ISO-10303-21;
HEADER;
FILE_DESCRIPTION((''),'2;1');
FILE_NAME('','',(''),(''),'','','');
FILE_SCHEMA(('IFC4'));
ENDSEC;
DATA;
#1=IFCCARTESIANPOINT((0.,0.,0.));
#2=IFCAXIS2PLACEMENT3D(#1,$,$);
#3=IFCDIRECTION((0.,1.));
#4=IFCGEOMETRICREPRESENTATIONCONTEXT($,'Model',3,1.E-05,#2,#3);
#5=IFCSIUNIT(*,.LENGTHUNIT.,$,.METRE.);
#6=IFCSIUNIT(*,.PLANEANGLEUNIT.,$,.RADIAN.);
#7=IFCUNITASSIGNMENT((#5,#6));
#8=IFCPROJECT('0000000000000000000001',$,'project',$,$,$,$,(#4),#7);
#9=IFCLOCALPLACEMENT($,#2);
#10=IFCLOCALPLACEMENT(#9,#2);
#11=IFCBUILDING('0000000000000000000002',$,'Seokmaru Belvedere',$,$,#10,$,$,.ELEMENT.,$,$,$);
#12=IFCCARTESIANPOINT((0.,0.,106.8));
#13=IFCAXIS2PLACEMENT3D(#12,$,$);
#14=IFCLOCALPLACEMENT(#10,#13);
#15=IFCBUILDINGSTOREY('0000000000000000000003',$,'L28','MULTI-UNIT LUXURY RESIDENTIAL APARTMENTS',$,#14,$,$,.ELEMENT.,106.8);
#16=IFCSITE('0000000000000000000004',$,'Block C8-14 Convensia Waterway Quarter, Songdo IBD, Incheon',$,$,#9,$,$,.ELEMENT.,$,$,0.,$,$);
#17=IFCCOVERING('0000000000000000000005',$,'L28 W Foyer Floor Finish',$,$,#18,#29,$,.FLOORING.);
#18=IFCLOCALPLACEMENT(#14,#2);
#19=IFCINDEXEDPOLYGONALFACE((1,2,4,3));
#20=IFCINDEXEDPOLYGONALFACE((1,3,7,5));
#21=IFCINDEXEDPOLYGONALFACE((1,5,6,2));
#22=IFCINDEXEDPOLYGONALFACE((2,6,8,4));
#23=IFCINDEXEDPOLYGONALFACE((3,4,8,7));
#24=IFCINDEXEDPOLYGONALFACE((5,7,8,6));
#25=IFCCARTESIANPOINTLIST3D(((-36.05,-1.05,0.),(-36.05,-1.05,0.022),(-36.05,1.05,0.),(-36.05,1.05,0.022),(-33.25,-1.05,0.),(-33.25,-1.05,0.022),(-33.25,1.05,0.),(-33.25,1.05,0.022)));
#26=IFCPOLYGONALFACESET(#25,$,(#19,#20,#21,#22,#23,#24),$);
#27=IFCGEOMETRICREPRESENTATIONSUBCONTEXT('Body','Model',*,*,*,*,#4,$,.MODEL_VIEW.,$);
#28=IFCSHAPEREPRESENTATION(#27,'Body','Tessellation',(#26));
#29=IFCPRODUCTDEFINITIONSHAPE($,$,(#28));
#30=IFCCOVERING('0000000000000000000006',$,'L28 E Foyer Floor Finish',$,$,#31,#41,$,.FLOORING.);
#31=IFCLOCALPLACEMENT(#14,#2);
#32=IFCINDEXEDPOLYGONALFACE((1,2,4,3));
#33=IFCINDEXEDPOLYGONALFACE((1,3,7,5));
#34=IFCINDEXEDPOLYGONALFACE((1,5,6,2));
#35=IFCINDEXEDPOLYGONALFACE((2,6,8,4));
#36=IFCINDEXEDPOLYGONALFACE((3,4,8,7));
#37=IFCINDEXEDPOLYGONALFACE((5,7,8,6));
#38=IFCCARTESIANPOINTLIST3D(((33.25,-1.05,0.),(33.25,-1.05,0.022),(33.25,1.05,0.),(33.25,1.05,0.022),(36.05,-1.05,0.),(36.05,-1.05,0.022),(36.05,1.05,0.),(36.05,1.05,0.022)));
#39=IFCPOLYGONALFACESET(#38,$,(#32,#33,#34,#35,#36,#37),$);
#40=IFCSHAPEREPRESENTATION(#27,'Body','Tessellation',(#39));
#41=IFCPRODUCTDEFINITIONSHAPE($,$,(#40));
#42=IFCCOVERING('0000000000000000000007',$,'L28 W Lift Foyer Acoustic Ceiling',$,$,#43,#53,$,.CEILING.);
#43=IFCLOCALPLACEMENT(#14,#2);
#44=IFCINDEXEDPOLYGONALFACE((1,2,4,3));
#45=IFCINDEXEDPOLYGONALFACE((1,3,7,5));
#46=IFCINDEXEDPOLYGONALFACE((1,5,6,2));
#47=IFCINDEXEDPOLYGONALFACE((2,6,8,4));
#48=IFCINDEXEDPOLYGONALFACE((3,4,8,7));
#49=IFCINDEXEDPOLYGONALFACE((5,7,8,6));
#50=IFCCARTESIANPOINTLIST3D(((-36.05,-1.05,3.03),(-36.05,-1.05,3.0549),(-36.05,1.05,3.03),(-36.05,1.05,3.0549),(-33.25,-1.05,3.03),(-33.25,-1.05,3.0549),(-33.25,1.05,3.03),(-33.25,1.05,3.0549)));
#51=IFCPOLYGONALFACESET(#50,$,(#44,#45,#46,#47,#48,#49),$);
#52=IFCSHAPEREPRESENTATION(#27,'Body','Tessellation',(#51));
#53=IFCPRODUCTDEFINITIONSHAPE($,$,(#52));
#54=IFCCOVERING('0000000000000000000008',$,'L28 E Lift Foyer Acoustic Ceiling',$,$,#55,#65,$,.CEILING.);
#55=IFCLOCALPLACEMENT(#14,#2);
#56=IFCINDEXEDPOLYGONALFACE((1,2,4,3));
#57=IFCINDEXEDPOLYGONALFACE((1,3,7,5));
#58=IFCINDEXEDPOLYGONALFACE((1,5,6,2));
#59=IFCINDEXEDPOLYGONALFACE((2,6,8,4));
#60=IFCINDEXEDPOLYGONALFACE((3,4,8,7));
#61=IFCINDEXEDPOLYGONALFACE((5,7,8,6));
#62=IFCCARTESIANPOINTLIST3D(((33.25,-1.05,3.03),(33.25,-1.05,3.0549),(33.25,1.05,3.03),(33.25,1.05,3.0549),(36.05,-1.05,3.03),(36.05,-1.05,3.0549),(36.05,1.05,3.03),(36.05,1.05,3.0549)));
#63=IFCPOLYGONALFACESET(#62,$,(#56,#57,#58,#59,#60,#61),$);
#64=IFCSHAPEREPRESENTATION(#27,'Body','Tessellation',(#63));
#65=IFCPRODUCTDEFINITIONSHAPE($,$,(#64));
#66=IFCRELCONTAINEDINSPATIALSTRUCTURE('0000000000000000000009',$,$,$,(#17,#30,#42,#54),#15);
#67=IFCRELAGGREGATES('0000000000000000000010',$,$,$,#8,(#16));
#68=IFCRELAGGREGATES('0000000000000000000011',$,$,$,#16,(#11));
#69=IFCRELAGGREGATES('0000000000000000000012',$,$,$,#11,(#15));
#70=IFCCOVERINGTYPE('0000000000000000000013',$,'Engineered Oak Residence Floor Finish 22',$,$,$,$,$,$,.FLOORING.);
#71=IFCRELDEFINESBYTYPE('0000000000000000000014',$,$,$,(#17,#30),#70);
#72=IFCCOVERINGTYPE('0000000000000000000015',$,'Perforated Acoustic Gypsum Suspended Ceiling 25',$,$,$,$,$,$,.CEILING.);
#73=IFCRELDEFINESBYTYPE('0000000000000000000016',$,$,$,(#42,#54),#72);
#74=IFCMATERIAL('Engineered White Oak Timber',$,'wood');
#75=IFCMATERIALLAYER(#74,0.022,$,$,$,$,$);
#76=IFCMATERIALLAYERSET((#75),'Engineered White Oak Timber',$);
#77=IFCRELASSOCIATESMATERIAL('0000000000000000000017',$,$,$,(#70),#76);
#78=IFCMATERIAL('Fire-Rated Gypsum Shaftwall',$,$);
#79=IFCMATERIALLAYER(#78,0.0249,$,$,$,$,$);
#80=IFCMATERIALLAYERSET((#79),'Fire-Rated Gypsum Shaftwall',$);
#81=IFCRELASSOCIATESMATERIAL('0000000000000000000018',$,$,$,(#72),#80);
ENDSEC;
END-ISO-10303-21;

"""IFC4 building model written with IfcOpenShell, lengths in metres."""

from ifc_helpers import new_model, si_unit, direction, frame, origin, place, context, subcontext, project, spatial, polyline, outline, extrude, material, layer, layer_set, type_object, element, save


model = new_model("IFC4")

# Units and contexts
model_context = context("Model", 3, precision=1e-05, world=origin(), true_north=direction((0.0, 1.0)))
body_context = subcontext(model_context, "Body", "Model", "MODEL_VIEW")
ifc_project = project(units=[si_unit("LENGTHUNIT", "METRE"), si_unit("PLANEANGLEUNIT", "RADIAN")], contexts=[model_context])

# Site, building, storey
site_placement = place(None, origin())
site = spatial("IfcSite", under=ifc_project, at=site_placement, Name="Block C8-14 Convensia Waterway Quarter, Songdo IBD, Incheon", CompositionType="ELEMENT", RefElevation=0.0)
building_placement = place(site_placement, origin())
building = spatial("IfcBuilding", under=site, at=building_placement, Name="Seokmaru Belvedere", CompositionType="ELEMENT")
storey_placement = place(building_placement, frame((0.0, 0.0, 106.8)))
storey = spatial("IfcBuildingStorey", under=building, at=storey_placement, Name="L28", Description="MULTI-UNIT LUXURY RESIDENTIAL APARTMENTS", CompositionType="ELEMENT", Elevation=106.8)

# Shared definitions
ifc_material_1 = material(Name="Fire-Rated Gypsum Shaftwall")
ifc_material_2 = material(Name="Engineered White Oak Timber", Category="wood")

# Coverings
ifc_layer_1 = layer(ifc_material_2, 0.022)
ifc_layer_set_1 = layer_set([ifc_layer_1], Name="Engineered White Oak Timber")
covering_type_1 = type_object("IfcCoveringType", Name="Engineered Oak Residence Floor Finish 22", PredefinedType="FLOORING", material=ifc_layer_set_1)
covering_1_placement = place(storey_placement, origin())
element("IfcCovering", 1, at=covering_1_placement, inside=storey, type_object=covering_type_1, Name="L28 W Foyer Floor Finish", PredefinedType="FLOORING", context=body_context, shape_type="SweptSolid", body=[
    extrude(outline(polyline([(-36.05, -1.05), (-33.25, -1.05), (-33.25, 1.05), (-36.05, 1.05), (-36.05, -1.05)])), origin(), (0.0, 0.0, 1.0), 0.022),
])
covering_2_placement = place(storey_placement, origin())
element("IfcCovering", 2, at=covering_2_placement, inside=storey, type_object=covering_type_1, Name="L28 E Foyer Floor Finish", PredefinedType="FLOORING", context=body_context, shape_type="SweptSolid", body=[
    extrude(outline(polyline([(33.25, -1.05), (36.05, -1.05), (36.05, 1.05), (33.25, 1.05), (33.25, -1.05)])), origin(), (0.0, 0.0, 1.0), 0.022),
])
ifc_layer_2 = layer(ifc_material_1, 0.0249)
ifc_layer_set_2 = layer_set([ifc_layer_2], Name="Fire-Rated Gypsum Shaftwall")
covering_type_2 = type_object("IfcCoveringType", Name="Perforated Acoustic Gypsum Suspended Ceiling 25", PredefinedType="CEILING", material=ifc_layer_set_2)
covering_3_placement = place(storey_placement, frame((0.0, 0.0, 3.03)))
element("IfcCovering", 3, at=covering_3_placement, inside=storey, type_object=covering_type_2, Name="L28 W Lift Foyer Acoustic Ceiling", PredefinedType="CEILING", context=body_context, shape_type="SweptSolid", body=[
    extrude(outline(polyline([(-36.05, -1.05), (-33.25, -1.05), (-33.25, 1.05), (-36.05, 1.05), (-36.05, -1.05)])), origin(), (0.0, 0.0, 1.0), 0.0249),
])
covering_4_placement = place(storey_placement, frame((0.0, 0.0, 3.03)))
element("IfcCovering", 4, at=covering_4_placement, inside=storey, type_object=covering_type_2, Name="L28 E Lift Foyer Acoustic Ceiling", PredefinedType="CEILING", context=body_context, shape_type="SweptSolid", body=[
    extrude(outline(polyline([(33.25, -1.05), (36.05, -1.05), (36.05, 1.05), (33.25, 1.05), (33.25, -1.05)])), origin(), (0.0, 0.0, 1.0), 0.0249),
])

save(model, "model.ifc")
